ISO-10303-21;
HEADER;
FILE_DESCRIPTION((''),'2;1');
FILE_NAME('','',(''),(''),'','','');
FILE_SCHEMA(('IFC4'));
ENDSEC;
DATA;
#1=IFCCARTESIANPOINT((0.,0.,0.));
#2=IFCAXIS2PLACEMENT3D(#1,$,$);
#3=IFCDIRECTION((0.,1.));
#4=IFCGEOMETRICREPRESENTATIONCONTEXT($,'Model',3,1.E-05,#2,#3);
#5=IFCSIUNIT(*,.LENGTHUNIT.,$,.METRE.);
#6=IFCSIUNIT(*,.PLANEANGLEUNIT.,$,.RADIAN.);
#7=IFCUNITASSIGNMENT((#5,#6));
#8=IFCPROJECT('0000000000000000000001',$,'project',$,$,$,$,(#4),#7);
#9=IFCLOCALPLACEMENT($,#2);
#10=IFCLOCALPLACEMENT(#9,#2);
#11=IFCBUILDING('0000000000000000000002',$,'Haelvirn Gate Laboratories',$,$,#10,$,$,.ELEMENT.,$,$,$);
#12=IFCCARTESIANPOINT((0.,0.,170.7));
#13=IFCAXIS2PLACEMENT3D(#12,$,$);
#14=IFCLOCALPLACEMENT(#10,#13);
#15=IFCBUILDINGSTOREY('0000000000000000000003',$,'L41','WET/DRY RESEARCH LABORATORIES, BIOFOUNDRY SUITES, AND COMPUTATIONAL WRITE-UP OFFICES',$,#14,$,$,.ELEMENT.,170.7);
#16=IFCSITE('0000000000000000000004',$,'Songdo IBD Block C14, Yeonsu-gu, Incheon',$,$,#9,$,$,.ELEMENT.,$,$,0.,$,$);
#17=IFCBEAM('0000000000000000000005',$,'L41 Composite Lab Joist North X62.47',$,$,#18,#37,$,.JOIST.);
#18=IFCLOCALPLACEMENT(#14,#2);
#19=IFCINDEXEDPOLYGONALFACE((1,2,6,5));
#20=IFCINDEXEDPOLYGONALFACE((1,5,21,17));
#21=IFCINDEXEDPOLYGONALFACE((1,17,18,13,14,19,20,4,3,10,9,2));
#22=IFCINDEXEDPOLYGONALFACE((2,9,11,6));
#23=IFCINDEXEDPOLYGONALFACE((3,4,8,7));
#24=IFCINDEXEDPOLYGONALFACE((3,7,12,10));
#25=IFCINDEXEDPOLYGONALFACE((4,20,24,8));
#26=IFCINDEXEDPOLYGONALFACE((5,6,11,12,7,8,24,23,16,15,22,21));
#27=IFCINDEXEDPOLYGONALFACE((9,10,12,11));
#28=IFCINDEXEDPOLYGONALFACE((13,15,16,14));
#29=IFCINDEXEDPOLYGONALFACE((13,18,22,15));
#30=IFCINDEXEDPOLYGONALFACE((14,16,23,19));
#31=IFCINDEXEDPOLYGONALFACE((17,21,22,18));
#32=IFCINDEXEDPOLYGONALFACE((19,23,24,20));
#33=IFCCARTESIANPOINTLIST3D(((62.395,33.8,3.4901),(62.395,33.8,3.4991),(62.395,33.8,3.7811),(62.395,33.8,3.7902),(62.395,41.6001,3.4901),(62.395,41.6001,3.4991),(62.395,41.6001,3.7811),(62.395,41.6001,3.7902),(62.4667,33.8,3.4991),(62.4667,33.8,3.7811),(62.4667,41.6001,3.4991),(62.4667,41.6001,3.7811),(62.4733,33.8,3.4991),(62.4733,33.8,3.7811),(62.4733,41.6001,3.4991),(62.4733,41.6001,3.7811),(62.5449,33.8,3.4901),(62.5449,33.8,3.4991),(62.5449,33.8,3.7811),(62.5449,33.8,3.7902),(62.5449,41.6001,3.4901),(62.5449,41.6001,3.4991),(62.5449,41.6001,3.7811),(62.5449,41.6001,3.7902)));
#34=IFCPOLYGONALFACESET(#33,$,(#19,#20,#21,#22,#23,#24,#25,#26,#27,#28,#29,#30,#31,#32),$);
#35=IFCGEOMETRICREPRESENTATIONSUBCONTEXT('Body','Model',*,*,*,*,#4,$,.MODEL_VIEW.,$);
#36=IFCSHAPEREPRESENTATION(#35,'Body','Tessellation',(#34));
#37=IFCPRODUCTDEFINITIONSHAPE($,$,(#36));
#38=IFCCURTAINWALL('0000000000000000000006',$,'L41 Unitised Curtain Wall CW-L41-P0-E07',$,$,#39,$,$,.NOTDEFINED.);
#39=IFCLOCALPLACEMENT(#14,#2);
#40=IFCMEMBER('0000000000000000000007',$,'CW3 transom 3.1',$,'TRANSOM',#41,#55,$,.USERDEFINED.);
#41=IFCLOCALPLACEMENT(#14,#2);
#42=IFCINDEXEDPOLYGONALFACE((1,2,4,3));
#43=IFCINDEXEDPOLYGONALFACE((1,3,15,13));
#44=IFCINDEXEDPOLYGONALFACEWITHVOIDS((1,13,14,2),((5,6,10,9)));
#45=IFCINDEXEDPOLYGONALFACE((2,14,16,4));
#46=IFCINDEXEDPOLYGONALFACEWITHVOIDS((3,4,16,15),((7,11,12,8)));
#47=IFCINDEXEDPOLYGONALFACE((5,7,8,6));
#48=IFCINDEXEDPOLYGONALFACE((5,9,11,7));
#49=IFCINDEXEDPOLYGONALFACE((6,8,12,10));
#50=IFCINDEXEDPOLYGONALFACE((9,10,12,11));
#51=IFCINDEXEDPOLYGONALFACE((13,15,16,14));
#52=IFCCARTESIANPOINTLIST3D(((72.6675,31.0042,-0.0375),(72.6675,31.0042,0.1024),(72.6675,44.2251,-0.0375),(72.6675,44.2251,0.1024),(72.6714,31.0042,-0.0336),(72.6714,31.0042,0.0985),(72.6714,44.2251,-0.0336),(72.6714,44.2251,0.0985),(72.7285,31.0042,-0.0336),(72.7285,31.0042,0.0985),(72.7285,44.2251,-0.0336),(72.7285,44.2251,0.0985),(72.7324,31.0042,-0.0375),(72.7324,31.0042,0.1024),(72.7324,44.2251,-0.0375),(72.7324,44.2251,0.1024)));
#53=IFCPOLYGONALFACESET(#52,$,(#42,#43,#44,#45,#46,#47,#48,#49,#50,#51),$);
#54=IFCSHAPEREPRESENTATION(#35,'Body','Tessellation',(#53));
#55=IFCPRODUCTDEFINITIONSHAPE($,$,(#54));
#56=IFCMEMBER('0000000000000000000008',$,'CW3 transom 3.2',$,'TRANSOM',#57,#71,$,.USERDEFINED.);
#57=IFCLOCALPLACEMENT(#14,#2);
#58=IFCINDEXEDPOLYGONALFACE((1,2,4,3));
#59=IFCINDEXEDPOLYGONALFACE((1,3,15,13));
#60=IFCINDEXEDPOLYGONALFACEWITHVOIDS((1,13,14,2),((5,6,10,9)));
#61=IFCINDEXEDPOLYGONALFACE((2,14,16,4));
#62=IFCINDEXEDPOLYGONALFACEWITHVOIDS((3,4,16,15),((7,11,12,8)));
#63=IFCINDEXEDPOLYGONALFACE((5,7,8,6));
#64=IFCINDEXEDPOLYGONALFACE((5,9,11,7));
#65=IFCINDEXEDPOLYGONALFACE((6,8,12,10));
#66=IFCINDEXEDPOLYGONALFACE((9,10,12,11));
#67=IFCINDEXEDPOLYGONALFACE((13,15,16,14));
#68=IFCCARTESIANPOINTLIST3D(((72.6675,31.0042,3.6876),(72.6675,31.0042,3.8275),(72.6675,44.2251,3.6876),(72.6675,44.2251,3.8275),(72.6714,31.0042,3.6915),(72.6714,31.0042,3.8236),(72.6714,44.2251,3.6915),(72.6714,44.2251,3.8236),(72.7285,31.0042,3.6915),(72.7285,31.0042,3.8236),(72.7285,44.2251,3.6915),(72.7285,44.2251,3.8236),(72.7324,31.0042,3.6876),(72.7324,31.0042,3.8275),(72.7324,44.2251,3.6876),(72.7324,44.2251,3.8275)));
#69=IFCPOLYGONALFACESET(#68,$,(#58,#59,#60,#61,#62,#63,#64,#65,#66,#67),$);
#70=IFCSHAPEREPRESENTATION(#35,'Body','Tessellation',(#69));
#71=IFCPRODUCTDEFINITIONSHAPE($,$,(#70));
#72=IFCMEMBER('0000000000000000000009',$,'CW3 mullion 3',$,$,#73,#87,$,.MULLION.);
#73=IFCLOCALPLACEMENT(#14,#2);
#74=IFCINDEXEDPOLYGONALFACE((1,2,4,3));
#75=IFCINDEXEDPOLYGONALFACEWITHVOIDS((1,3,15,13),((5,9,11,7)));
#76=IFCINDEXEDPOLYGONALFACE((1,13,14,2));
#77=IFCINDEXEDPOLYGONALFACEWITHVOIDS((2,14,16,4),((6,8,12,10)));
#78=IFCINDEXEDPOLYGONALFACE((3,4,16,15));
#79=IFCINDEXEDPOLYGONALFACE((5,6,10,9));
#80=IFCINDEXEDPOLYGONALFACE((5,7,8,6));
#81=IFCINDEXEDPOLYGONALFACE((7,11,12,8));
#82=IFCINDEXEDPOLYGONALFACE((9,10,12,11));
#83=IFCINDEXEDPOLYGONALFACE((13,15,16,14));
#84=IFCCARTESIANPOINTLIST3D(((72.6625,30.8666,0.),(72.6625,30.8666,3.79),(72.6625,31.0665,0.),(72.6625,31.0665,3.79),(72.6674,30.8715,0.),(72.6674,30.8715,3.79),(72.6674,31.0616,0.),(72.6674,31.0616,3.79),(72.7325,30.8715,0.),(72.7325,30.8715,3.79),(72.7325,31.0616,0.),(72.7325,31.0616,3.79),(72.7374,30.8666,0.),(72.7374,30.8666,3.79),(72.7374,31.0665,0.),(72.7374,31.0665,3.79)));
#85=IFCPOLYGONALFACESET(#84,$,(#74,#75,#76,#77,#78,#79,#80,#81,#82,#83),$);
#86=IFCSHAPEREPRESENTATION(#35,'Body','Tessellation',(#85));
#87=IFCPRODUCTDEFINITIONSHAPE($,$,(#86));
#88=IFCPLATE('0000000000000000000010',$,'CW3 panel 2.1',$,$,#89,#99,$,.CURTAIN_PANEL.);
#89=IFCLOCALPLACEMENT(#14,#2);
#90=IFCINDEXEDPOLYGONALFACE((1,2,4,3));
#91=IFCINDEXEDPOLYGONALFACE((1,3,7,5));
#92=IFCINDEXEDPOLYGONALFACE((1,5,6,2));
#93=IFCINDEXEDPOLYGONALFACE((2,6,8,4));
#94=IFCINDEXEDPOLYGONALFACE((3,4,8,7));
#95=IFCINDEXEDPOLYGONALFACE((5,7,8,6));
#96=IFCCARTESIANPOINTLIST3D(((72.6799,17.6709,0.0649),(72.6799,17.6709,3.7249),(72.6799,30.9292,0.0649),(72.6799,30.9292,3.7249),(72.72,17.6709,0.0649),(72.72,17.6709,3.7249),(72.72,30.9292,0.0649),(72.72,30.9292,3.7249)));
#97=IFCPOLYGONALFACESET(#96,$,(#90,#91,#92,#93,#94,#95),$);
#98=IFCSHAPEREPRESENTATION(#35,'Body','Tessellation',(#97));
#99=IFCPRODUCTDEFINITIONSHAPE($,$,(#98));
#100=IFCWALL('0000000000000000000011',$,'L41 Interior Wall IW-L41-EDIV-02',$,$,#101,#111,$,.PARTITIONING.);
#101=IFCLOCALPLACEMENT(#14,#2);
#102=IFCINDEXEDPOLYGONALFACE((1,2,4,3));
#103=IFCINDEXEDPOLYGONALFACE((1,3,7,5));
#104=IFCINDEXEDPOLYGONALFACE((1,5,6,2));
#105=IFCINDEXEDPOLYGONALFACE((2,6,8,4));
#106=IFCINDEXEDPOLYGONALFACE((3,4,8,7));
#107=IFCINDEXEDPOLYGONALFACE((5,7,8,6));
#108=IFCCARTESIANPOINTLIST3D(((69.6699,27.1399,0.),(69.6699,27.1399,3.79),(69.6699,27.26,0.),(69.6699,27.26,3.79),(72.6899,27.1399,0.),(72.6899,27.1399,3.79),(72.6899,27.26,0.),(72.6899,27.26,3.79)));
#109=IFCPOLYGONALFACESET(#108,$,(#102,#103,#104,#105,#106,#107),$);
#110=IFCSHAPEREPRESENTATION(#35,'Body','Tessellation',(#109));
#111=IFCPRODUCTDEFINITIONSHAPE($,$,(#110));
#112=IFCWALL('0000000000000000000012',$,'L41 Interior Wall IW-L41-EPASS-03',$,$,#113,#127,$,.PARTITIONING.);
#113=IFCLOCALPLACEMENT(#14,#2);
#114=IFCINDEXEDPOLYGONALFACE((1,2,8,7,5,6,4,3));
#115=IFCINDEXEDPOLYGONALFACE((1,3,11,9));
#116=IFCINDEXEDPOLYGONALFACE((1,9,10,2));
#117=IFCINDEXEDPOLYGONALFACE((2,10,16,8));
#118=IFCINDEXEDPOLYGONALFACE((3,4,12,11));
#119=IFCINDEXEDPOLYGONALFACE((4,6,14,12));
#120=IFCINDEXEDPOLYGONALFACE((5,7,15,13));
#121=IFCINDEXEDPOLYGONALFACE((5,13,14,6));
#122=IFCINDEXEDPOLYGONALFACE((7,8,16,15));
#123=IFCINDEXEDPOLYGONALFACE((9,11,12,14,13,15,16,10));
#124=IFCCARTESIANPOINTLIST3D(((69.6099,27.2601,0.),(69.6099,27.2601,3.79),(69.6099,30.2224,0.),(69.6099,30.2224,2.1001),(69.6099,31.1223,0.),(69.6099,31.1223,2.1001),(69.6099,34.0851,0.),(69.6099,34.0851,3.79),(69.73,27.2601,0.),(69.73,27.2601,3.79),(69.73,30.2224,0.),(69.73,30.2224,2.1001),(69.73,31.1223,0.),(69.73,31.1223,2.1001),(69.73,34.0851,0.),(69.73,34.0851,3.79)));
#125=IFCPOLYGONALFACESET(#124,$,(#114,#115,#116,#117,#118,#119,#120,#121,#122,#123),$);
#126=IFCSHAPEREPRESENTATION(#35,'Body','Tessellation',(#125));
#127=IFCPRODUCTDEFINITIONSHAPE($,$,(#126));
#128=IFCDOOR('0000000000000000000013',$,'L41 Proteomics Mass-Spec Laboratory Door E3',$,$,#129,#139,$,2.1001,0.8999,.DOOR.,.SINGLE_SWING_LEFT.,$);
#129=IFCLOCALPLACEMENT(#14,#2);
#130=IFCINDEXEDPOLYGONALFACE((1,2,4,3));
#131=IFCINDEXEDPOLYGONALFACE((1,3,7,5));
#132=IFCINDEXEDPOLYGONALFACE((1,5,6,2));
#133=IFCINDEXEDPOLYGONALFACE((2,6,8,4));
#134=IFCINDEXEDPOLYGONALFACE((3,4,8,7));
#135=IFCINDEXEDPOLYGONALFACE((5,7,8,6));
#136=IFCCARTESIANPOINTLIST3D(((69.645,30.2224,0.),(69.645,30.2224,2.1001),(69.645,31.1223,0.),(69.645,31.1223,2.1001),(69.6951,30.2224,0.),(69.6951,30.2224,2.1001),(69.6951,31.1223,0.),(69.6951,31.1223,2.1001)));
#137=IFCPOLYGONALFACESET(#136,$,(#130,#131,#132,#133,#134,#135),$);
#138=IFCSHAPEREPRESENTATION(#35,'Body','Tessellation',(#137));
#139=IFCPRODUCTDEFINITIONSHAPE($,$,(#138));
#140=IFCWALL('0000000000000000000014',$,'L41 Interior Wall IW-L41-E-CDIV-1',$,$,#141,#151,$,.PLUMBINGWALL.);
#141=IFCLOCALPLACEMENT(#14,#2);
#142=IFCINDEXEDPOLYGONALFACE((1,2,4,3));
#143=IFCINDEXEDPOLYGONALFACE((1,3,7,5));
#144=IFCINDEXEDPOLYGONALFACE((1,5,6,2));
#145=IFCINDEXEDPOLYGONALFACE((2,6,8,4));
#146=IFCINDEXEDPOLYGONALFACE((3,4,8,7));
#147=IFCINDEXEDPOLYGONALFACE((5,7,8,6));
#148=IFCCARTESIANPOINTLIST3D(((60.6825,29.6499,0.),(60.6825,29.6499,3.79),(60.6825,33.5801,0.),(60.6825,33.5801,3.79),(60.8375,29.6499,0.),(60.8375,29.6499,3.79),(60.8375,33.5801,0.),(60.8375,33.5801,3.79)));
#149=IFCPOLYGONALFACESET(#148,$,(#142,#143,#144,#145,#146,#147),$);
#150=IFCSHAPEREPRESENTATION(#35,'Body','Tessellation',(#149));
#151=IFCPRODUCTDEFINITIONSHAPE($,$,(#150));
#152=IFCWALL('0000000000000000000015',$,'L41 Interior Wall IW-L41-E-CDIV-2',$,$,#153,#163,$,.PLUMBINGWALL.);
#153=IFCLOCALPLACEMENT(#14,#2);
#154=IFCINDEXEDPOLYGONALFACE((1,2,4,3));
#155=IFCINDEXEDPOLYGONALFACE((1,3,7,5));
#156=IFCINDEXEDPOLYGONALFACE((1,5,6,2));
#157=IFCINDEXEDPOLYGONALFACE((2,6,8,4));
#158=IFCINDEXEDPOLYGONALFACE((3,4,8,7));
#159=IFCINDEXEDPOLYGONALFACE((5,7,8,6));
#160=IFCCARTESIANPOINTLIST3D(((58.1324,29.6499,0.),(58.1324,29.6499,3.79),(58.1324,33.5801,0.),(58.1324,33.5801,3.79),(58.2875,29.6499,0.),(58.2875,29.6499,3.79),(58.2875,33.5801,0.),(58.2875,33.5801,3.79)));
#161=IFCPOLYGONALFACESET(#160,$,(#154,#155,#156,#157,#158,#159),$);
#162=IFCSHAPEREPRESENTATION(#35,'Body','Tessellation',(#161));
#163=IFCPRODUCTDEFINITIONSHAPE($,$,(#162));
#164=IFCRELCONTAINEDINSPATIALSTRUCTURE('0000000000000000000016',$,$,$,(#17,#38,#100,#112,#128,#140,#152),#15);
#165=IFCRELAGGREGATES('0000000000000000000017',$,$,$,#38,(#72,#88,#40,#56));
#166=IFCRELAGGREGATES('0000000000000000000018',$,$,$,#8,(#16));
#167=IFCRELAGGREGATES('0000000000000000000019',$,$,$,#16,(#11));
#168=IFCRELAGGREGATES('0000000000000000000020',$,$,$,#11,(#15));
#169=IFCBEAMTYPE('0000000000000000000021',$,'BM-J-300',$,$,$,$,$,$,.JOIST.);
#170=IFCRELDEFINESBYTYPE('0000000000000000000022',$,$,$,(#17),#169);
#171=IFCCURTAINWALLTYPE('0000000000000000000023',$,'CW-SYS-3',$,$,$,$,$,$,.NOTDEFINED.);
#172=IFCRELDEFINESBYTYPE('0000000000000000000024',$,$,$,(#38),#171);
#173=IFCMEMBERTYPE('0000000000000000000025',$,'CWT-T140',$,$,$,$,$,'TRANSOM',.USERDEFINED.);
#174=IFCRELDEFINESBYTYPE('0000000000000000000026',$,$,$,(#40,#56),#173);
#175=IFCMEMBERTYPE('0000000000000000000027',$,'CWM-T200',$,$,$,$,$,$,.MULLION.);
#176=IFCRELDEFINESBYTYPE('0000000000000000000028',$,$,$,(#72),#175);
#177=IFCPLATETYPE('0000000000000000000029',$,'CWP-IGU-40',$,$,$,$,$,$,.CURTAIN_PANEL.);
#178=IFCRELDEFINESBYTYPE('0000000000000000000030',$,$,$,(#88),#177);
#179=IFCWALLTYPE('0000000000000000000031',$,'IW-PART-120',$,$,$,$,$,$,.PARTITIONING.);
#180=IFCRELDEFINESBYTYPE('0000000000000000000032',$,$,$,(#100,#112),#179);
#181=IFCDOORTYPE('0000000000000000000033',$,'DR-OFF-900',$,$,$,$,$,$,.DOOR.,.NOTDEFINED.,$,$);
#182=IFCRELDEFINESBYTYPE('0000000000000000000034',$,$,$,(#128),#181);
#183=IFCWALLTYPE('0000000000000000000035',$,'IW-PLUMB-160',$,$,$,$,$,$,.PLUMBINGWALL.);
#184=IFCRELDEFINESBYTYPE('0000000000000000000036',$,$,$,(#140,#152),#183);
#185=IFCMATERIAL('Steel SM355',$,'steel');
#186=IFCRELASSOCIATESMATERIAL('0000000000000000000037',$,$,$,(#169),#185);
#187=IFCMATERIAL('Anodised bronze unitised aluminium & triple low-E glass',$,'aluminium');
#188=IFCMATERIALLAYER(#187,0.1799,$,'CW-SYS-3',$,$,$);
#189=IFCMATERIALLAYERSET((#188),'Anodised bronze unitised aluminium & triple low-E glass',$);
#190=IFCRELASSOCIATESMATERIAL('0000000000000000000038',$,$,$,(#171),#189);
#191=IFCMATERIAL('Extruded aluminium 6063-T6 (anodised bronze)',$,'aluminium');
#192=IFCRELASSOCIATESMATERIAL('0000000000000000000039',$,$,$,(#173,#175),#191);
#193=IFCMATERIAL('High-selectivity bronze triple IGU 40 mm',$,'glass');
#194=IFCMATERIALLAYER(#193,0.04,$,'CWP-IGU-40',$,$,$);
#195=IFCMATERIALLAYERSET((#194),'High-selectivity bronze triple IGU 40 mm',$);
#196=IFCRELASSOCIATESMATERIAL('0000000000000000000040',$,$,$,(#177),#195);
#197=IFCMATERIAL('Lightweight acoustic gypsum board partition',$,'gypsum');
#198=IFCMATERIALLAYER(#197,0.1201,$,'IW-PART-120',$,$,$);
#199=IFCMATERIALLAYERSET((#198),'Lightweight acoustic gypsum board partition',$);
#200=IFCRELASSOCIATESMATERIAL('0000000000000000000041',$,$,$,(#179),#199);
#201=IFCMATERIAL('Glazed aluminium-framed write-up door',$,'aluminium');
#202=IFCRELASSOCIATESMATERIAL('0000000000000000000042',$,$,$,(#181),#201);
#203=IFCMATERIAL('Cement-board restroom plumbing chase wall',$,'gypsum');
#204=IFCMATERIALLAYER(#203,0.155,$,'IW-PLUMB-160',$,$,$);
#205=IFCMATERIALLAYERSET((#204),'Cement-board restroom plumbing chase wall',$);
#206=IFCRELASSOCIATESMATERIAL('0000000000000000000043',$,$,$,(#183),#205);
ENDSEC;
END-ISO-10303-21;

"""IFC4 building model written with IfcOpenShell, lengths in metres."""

from ifc_helpers import new_model, si_unit, direction, frame, frame_2d, origin, origin_2d, place, context, subcontext, project, spatial, rectangle, hollow_rectangle, i_section, extrude, source, transform, mapped, material, layer, layer_set, material_profile, profile_set, type_object, type_shapes, element, fill, aggregate, save


model = new_model("IFC4")

# Units and contexts
model_context = context("Model", 3, precision=1e-05, world=origin(), true_north=direction((0.0, 1.0)))
body_context = subcontext(model_context, "Body", "Model", "MODEL_VIEW")
ifc_project = project(units=[si_unit("LENGTHUNIT", "METRE"), si_unit("PLANEANGLEUNIT", "RADIAN")], contexts=[model_context])

# Site, building, storey
site_placement = place(None, origin())
site = spatial("IfcSite", under=ifc_project, at=site_placement, Name="Songdo IBD Block C14, Yeonsu-gu, Incheon", CompositionType="ELEMENT", RefElevation=0.0)
building_placement = place(site_placement, origin())
building = spatial("IfcBuilding", under=site, at=building_placement, Name="Haelvirn Gate Laboratories", CompositionType="ELEMENT")
storey_placement = place(building_placement, frame((0.0, 0.0, 170.7)))
storey = spatial("IfcBuildingStorey", under=building, at=storey_placement, Name="L41", Description="WET/DRY RESEARCH LABORATORIES, BIOFOUNDRY SUITES, AND COMPUTATIONAL WRITE-UP OFFICES", CompositionType="ELEMENT", Elevation=170.7)

# Beam
ifc_material_1 = material(Name="Steel SM355", Category="steel")
ifc_material_profile_1 = material_profile(ifc_material_1, i_section(OverallWidth=0.1499, OverallDepth=0.3, WebThickness=0.0066, FlangeThickness=0.009, at=origin_2d()), Name="H-300x150x6.5x9")
ifc_profile_set_1 = profile_set([ifc_material_profile_1], Name="Steel SM355")
beam_type = type_object("IfcBeamType", Name="BM-J-300", PredefinedType="JOIST", material=ifc_profile_set_1)
shared_shape_1 = source(origin(), body_context, "Body", "SweptSolid", [
    extrude(i_section(OverallWidth=0.1499, OverallDepth=0.3, WebThickness=0.0066, FlangeThickness=0.009, at=origin_2d()), origin(), (0.0, 0.0, 1.0), 7.8),
])
type_shapes(beam_type, [shared_shape_1])
beam_placement = place(storey_placement, frame((62.47, 33.8, 3.6401), z_axis=(0.0, 1.0, 0.0), x_axis=(-1.0, 0.0, 0.0)))
element("IfcBeam", 1, at=beam_placement, inside=storey, type_object=beam_type, Name="L41 Composite Lab Joist North X62.47", PredefinedType="JOIST", context=body_context, shape_type="MappedRepresentation", body=[
    mapped(shared_shape_1, transform((0.0, 0.0, 0.0), scale=1.0)),
])

# Curtain wall, members, plate
ifc_material_2 = material(Name="Anodised bronze unitised aluminium & triple low-E glass", Category="aluminium")
ifc_layer_1 = layer(ifc_material_2, 0.1799, Name="CW-SYS-3")
ifc_layer_set_1 = layer_set([ifc_layer_1], Name="Anodised bronze unitised aluminium & triple low-E glass")
curtain_wall_type = type_object("IfcCurtainWallType", Name="CW-SYS-3", PredefinedType="NOTDEFINED", material=ifc_layer_set_1)
curtain_wall_placement = place(storey_placement, origin())
curtain_wall = element("IfcCurtainWall", 2, at=curtain_wall_placement, inside=storey, type_object=curtain_wall_type, Name="L41 Unitised Curtain Wall CW-L41-P0-E07", PredefinedType="NOTDEFINED")
ifc_material_3 = material(Name="Extruded aluminium 6063-T6 (anodised bronze)", Category="aluminium")
ifc_material_profile_2 = material_profile(ifc_material_3, hollow_rectangle(XDim=0.0649, YDim=0.1399, WallThickness=0.0039, at=origin_2d()), Name="CWT-140x65x4")
ifc_profile_set_2 = profile_set([ifc_material_profile_2], Name="Extruded aluminium 6063-T6 (anodised bronze)")
member_type_1 = type_object("IfcMemberType", Name="CWT-T140", ElementType="TRANSOM", PredefinedType="USERDEFINED", material=ifc_profile_set_2)
shared_shape_2 = source(origin(), body_context, "Body", "SweptSolid", [
    extrude(hollow_rectangle(XDim=0.0649, YDim=0.1399, WallThickness=0.0039, at=origin_2d()), origin(), (0.0, 0.0, 1.0), 13.2209),
])
type_shapes(member_type_1, [shared_shape_2])
member_1_placement = place(storey_placement, frame((72.7, 31.0042, 0.0325), z_axis=(0.0, 1.0, 0.0), x_axis=(-1.0, 0.0, 0.0)))
member_1 = element("IfcMember", 3, at=member_1_placement, type_object=member_type_1, Name="CW3 transom 3.1", ObjectType="TRANSOM", PredefinedType="USERDEFINED", context=body_context, shape_type="MappedRepresentation", body=[
    mapped(shared_shape_2, transform((0.0, 0.0, 0.0), scale=1.0)),
])
member_2_placement = place(storey_placement, frame((72.7, 31.0042, 3.7576), z_axis=(0.0, 1.0, 0.0), x_axis=(-1.0, 0.0, 0.0)))
member_2 = element("IfcMember", 4, at=member_2_placement, type_object=member_type_1, Name="CW3 transom 3.2", ObjectType="TRANSOM", PredefinedType="USERDEFINED", context=body_context, shape_type="MappedRepresentation", body=[
    mapped(shared_shape_2, transform((0.0, 0.0, 0.0), scale=1.0)),
])
ifc_material_profile_3 = material_profile(ifc_material_3, hollow_rectangle(XDim=0.075, YDim=0.2, WallThickness=0.0049, at=origin_2d()), Name="CWM-200x75x5")
ifc_profile_set_3 = profile_set([ifc_material_profile_3], Name="Extruded aluminium 6063-T6 (anodised bronze)")
member_type_2 = type_object("IfcMemberType", Name="CWM-T200", PredefinedType="MULLION", material=ifc_profile_set_3)
shared_shape_3 = source(origin(), body_context, "Body", "SweptSolid", [
    extrude(hollow_rectangle(XDim=0.075, YDim=0.2, WallThickness=0.0049, at=origin_2d()), origin(), (0.0, 0.0, 1.0), 3.79),
])
type_shapes(member_type_2, [shared_shape_3])
member_3_placement = place(storey_placement, frame((72.7, 30.9666, 0.0), z_axis=(0.0, 0.0, 1.0), x_axis=(-1.0, 0.0, 0.0)))
member_3 = element("IfcMember", 5, at=member_3_placement, type_object=member_type_2, Name="CW3 mullion 3", PredefinedType="MULLION", context=body_context, shape_type="MappedRepresentation", body=[
    mapped(shared_shape_3, transform((0.0, 0.0, 0.0), scale=1.0)),
])
ifc_material_4 = material(Name="High-selectivity bronze triple IGU 40 mm", Category="glass")
ifc_layer_2 = layer(ifc_material_4, 0.04, Name="CWP-IGU-40")
ifc_layer_set_2 = layer_set([ifc_layer_2], Name="High-selectivity bronze triple IGU 40 mm")
plate_type = type_object("IfcPlateType", Name="CWP-IGU-40", PredefinedType="CURTAIN_PANEL", material=ifc_layer_set_2)
shared_shape_4 = source(origin(), body_context, "Body", "SweptSolid", [
    extrude(rectangle(XDim=13.2583, YDim=0.04, at=origin_2d()), origin(), (0.0, 0.0, 1.0), 3.6599),
])
type_shapes(plate_type, [shared_shape_4])
plate_placement = place(storey_placement, frame((72.7, 24.3, 0.0649), z_axis=(0.0, 0.0, 1.0), x_axis=(0.0, 1.0, 0.0)))
plate = element("IfcPlate", 6, at=plate_placement, type_object=plate_type, Name="CW3 panel 2.1", PredefinedType="CURTAIN_PANEL", context=body_context, shape_type="MappedRepresentation", body=[
    mapped(shared_shape_4, transform((0.0, 0.0, 0.0), scale=1.0)),
])
aggregate(curtain_wall, [member_3, plate, member_1, member_2])

# Wall
ifc_material_5 = material(Name="Lightweight acoustic gypsum board partition", Category="gypsum")
ifc_layer_3 = layer(ifc_material_5, 0.1201, Name="IW-PART-120")
ifc_layer_set_3 = layer_set([ifc_layer_3], Name="Lightweight acoustic gypsum board partition")
wall_type_1 = type_object("IfcWallType", Name="IW-PART-120", PredefinedType="PARTITIONING", material=ifc_layer_set_3)
wall_1_placement = place(storey_placement, frame((69.6699, 27.2, 0.0), z_axis=(0.0, 0.0, 1.0), x_axis=(1.0, 0.0, 0.0)))
element("IfcWall", 7, at=wall_1_placement, inside=storey, type_object=wall_type_1, Name="L41 Interior Wall IW-L41-EDIV-02", PredefinedType="PARTITIONING", context=body_context, shape_type="SweptSolid", body=[
    extrude(rectangle(XDim=3.02, YDim=0.1201, at=frame_2d((1.51, 0.0))), origin(), (0.0, 0.0, 1.0), 3.79),
])

# Wall, opening, door
wall_2_placement = place(storey_placement, frame((69.6699, 27.26, 0.0), z_axis=(0.0, 0.0, 1.0), x_axis=(0.0, 1.0, 0.0)))
wall_2 = element("IfcWall", 8, at=wall_2_placement, inside=storey, type_object=wall_type_1, Name="L41 Interior Wall IW-L41-EPASS-03", PredefinedType="PARTITIONING", context=body_context, shape_type="SweptSolid", body=[
    extrude(rectangle(XDim=6.825, YDim=0.1201, at=frame_2d((3.4126, 0.0))), origin(), (0.0, 0.0, 1.0), 3.79),
])
opening_1_placement = place(wall_2_placement, frame((2.9624, 0.0, 0.0)))
opening_1 = element("IfcOpeningElement", 9, at=opening_1_placement, cuts=wall_2, PredefinedType="OPENING", context=body_context, shape_type="SweptSolid", body=[
    extrude(rectangle(XDim=0.8999, YDim=2.1001, at=frame_2d((0.45, 1.05))), frame((0.0, 0.0701, 0.0), z_axis=(0.0, -1.0, 0.0), x_axis=(1.0, 0.0, 0.0)), (0.0, 0.0, 1.0), 0.1401),
])
ifc_material_6 = material(Name="Glazed aluminium-framed write-up door", Category="aluminium")
door_type_1 = type_object("IfcDoorType", Name="DR-OFF-900", OperationType="NOTDEFINED", PredefinedType="DOOR", material=ifc_material_6)
shared_shape_5 = source(origin(), body_context, "Body", "SweptSolid", [
    extrude(rectangle(XDim=0.8999, YDim=2.1001, at=frame_2d((0.45, 1.05))), frame((0.0, 0.0249, 0.0), z_axis=(0.0, -1.0, 0.0), x_axis=(1.0, 0.0, 0.0)), (0.0, 0.0, 1.0), 0.05),
])
type_shapes(door_type_1, [shared_shape_5])
door_1_placement = place(opening_1_placement, origin())
door_1 = element("IfcDoor", 10, at=door_1_placement, inside=storey, type_object=door_type_1, Name="L41 Proteomics Mass-Spec Laboratory Door E3", OperationType="SINGLE_SWING_LEFT", OverallHeight=2.1001, OverallWidth=0.8999, PredefinedType="DOOR", context=body_context, shape_type="MappedRepresentation", body=[
    mapped(shared_shape_5, transform((0.0, 0.0, 0.0), scale=1.0)),
])
fill(opening_1, door_1)

# Walls
ifc_material_7 = material(Name="Cement-board restroom plumbing chase wall", Category="gypsum")
ifc_layer_4 = layer(ifc_material_7, 0.155, Name="IW-PLUMB-160")
ifc_layer_set_4 = layer_set([ifc_layer_4], Name="Cement-board restroom plumbing chase wall")
wall_type_2 = type_object("IfcWallType", Name="IW-PLUMB-160", PredefinedType="PLUMBINGWALL", material=ifc_layer_set_4)
for number, where, z_axis, x_axis, name in (
    (11, (60.76, 29.6499, 0.0), (0.0, 0.0, 1.0), (0.0, 1.0, 0.0), "L41 Interior Wall IW-L41-E-CDIV-1"),
    (12, (58.21, 29.6499, 0.0), (0.0, 0.0, 1.0), (0.0, 1.0, 0.0), "L41 Interior Wall IW-L41-E-CDIV-2"),
):
    element("IfcWall", number, at=place(storey_placement, frame(where, z_axis=z_axis, x_axis=x_axis)), inside=storey, type_object=wall_type_2, Name=name, PredefinedType="PLUMBINGWALL", context=body_context, shape_type="SweptSolid", body=[
        extrude(rectangle(XDim=3.9302, YDim=0.155, at=frame_2d((1.9651, 0.0))), origin(), (0.0, 0.0, 1.0), 3.79),
    ])

save(model, "model.ifc")
